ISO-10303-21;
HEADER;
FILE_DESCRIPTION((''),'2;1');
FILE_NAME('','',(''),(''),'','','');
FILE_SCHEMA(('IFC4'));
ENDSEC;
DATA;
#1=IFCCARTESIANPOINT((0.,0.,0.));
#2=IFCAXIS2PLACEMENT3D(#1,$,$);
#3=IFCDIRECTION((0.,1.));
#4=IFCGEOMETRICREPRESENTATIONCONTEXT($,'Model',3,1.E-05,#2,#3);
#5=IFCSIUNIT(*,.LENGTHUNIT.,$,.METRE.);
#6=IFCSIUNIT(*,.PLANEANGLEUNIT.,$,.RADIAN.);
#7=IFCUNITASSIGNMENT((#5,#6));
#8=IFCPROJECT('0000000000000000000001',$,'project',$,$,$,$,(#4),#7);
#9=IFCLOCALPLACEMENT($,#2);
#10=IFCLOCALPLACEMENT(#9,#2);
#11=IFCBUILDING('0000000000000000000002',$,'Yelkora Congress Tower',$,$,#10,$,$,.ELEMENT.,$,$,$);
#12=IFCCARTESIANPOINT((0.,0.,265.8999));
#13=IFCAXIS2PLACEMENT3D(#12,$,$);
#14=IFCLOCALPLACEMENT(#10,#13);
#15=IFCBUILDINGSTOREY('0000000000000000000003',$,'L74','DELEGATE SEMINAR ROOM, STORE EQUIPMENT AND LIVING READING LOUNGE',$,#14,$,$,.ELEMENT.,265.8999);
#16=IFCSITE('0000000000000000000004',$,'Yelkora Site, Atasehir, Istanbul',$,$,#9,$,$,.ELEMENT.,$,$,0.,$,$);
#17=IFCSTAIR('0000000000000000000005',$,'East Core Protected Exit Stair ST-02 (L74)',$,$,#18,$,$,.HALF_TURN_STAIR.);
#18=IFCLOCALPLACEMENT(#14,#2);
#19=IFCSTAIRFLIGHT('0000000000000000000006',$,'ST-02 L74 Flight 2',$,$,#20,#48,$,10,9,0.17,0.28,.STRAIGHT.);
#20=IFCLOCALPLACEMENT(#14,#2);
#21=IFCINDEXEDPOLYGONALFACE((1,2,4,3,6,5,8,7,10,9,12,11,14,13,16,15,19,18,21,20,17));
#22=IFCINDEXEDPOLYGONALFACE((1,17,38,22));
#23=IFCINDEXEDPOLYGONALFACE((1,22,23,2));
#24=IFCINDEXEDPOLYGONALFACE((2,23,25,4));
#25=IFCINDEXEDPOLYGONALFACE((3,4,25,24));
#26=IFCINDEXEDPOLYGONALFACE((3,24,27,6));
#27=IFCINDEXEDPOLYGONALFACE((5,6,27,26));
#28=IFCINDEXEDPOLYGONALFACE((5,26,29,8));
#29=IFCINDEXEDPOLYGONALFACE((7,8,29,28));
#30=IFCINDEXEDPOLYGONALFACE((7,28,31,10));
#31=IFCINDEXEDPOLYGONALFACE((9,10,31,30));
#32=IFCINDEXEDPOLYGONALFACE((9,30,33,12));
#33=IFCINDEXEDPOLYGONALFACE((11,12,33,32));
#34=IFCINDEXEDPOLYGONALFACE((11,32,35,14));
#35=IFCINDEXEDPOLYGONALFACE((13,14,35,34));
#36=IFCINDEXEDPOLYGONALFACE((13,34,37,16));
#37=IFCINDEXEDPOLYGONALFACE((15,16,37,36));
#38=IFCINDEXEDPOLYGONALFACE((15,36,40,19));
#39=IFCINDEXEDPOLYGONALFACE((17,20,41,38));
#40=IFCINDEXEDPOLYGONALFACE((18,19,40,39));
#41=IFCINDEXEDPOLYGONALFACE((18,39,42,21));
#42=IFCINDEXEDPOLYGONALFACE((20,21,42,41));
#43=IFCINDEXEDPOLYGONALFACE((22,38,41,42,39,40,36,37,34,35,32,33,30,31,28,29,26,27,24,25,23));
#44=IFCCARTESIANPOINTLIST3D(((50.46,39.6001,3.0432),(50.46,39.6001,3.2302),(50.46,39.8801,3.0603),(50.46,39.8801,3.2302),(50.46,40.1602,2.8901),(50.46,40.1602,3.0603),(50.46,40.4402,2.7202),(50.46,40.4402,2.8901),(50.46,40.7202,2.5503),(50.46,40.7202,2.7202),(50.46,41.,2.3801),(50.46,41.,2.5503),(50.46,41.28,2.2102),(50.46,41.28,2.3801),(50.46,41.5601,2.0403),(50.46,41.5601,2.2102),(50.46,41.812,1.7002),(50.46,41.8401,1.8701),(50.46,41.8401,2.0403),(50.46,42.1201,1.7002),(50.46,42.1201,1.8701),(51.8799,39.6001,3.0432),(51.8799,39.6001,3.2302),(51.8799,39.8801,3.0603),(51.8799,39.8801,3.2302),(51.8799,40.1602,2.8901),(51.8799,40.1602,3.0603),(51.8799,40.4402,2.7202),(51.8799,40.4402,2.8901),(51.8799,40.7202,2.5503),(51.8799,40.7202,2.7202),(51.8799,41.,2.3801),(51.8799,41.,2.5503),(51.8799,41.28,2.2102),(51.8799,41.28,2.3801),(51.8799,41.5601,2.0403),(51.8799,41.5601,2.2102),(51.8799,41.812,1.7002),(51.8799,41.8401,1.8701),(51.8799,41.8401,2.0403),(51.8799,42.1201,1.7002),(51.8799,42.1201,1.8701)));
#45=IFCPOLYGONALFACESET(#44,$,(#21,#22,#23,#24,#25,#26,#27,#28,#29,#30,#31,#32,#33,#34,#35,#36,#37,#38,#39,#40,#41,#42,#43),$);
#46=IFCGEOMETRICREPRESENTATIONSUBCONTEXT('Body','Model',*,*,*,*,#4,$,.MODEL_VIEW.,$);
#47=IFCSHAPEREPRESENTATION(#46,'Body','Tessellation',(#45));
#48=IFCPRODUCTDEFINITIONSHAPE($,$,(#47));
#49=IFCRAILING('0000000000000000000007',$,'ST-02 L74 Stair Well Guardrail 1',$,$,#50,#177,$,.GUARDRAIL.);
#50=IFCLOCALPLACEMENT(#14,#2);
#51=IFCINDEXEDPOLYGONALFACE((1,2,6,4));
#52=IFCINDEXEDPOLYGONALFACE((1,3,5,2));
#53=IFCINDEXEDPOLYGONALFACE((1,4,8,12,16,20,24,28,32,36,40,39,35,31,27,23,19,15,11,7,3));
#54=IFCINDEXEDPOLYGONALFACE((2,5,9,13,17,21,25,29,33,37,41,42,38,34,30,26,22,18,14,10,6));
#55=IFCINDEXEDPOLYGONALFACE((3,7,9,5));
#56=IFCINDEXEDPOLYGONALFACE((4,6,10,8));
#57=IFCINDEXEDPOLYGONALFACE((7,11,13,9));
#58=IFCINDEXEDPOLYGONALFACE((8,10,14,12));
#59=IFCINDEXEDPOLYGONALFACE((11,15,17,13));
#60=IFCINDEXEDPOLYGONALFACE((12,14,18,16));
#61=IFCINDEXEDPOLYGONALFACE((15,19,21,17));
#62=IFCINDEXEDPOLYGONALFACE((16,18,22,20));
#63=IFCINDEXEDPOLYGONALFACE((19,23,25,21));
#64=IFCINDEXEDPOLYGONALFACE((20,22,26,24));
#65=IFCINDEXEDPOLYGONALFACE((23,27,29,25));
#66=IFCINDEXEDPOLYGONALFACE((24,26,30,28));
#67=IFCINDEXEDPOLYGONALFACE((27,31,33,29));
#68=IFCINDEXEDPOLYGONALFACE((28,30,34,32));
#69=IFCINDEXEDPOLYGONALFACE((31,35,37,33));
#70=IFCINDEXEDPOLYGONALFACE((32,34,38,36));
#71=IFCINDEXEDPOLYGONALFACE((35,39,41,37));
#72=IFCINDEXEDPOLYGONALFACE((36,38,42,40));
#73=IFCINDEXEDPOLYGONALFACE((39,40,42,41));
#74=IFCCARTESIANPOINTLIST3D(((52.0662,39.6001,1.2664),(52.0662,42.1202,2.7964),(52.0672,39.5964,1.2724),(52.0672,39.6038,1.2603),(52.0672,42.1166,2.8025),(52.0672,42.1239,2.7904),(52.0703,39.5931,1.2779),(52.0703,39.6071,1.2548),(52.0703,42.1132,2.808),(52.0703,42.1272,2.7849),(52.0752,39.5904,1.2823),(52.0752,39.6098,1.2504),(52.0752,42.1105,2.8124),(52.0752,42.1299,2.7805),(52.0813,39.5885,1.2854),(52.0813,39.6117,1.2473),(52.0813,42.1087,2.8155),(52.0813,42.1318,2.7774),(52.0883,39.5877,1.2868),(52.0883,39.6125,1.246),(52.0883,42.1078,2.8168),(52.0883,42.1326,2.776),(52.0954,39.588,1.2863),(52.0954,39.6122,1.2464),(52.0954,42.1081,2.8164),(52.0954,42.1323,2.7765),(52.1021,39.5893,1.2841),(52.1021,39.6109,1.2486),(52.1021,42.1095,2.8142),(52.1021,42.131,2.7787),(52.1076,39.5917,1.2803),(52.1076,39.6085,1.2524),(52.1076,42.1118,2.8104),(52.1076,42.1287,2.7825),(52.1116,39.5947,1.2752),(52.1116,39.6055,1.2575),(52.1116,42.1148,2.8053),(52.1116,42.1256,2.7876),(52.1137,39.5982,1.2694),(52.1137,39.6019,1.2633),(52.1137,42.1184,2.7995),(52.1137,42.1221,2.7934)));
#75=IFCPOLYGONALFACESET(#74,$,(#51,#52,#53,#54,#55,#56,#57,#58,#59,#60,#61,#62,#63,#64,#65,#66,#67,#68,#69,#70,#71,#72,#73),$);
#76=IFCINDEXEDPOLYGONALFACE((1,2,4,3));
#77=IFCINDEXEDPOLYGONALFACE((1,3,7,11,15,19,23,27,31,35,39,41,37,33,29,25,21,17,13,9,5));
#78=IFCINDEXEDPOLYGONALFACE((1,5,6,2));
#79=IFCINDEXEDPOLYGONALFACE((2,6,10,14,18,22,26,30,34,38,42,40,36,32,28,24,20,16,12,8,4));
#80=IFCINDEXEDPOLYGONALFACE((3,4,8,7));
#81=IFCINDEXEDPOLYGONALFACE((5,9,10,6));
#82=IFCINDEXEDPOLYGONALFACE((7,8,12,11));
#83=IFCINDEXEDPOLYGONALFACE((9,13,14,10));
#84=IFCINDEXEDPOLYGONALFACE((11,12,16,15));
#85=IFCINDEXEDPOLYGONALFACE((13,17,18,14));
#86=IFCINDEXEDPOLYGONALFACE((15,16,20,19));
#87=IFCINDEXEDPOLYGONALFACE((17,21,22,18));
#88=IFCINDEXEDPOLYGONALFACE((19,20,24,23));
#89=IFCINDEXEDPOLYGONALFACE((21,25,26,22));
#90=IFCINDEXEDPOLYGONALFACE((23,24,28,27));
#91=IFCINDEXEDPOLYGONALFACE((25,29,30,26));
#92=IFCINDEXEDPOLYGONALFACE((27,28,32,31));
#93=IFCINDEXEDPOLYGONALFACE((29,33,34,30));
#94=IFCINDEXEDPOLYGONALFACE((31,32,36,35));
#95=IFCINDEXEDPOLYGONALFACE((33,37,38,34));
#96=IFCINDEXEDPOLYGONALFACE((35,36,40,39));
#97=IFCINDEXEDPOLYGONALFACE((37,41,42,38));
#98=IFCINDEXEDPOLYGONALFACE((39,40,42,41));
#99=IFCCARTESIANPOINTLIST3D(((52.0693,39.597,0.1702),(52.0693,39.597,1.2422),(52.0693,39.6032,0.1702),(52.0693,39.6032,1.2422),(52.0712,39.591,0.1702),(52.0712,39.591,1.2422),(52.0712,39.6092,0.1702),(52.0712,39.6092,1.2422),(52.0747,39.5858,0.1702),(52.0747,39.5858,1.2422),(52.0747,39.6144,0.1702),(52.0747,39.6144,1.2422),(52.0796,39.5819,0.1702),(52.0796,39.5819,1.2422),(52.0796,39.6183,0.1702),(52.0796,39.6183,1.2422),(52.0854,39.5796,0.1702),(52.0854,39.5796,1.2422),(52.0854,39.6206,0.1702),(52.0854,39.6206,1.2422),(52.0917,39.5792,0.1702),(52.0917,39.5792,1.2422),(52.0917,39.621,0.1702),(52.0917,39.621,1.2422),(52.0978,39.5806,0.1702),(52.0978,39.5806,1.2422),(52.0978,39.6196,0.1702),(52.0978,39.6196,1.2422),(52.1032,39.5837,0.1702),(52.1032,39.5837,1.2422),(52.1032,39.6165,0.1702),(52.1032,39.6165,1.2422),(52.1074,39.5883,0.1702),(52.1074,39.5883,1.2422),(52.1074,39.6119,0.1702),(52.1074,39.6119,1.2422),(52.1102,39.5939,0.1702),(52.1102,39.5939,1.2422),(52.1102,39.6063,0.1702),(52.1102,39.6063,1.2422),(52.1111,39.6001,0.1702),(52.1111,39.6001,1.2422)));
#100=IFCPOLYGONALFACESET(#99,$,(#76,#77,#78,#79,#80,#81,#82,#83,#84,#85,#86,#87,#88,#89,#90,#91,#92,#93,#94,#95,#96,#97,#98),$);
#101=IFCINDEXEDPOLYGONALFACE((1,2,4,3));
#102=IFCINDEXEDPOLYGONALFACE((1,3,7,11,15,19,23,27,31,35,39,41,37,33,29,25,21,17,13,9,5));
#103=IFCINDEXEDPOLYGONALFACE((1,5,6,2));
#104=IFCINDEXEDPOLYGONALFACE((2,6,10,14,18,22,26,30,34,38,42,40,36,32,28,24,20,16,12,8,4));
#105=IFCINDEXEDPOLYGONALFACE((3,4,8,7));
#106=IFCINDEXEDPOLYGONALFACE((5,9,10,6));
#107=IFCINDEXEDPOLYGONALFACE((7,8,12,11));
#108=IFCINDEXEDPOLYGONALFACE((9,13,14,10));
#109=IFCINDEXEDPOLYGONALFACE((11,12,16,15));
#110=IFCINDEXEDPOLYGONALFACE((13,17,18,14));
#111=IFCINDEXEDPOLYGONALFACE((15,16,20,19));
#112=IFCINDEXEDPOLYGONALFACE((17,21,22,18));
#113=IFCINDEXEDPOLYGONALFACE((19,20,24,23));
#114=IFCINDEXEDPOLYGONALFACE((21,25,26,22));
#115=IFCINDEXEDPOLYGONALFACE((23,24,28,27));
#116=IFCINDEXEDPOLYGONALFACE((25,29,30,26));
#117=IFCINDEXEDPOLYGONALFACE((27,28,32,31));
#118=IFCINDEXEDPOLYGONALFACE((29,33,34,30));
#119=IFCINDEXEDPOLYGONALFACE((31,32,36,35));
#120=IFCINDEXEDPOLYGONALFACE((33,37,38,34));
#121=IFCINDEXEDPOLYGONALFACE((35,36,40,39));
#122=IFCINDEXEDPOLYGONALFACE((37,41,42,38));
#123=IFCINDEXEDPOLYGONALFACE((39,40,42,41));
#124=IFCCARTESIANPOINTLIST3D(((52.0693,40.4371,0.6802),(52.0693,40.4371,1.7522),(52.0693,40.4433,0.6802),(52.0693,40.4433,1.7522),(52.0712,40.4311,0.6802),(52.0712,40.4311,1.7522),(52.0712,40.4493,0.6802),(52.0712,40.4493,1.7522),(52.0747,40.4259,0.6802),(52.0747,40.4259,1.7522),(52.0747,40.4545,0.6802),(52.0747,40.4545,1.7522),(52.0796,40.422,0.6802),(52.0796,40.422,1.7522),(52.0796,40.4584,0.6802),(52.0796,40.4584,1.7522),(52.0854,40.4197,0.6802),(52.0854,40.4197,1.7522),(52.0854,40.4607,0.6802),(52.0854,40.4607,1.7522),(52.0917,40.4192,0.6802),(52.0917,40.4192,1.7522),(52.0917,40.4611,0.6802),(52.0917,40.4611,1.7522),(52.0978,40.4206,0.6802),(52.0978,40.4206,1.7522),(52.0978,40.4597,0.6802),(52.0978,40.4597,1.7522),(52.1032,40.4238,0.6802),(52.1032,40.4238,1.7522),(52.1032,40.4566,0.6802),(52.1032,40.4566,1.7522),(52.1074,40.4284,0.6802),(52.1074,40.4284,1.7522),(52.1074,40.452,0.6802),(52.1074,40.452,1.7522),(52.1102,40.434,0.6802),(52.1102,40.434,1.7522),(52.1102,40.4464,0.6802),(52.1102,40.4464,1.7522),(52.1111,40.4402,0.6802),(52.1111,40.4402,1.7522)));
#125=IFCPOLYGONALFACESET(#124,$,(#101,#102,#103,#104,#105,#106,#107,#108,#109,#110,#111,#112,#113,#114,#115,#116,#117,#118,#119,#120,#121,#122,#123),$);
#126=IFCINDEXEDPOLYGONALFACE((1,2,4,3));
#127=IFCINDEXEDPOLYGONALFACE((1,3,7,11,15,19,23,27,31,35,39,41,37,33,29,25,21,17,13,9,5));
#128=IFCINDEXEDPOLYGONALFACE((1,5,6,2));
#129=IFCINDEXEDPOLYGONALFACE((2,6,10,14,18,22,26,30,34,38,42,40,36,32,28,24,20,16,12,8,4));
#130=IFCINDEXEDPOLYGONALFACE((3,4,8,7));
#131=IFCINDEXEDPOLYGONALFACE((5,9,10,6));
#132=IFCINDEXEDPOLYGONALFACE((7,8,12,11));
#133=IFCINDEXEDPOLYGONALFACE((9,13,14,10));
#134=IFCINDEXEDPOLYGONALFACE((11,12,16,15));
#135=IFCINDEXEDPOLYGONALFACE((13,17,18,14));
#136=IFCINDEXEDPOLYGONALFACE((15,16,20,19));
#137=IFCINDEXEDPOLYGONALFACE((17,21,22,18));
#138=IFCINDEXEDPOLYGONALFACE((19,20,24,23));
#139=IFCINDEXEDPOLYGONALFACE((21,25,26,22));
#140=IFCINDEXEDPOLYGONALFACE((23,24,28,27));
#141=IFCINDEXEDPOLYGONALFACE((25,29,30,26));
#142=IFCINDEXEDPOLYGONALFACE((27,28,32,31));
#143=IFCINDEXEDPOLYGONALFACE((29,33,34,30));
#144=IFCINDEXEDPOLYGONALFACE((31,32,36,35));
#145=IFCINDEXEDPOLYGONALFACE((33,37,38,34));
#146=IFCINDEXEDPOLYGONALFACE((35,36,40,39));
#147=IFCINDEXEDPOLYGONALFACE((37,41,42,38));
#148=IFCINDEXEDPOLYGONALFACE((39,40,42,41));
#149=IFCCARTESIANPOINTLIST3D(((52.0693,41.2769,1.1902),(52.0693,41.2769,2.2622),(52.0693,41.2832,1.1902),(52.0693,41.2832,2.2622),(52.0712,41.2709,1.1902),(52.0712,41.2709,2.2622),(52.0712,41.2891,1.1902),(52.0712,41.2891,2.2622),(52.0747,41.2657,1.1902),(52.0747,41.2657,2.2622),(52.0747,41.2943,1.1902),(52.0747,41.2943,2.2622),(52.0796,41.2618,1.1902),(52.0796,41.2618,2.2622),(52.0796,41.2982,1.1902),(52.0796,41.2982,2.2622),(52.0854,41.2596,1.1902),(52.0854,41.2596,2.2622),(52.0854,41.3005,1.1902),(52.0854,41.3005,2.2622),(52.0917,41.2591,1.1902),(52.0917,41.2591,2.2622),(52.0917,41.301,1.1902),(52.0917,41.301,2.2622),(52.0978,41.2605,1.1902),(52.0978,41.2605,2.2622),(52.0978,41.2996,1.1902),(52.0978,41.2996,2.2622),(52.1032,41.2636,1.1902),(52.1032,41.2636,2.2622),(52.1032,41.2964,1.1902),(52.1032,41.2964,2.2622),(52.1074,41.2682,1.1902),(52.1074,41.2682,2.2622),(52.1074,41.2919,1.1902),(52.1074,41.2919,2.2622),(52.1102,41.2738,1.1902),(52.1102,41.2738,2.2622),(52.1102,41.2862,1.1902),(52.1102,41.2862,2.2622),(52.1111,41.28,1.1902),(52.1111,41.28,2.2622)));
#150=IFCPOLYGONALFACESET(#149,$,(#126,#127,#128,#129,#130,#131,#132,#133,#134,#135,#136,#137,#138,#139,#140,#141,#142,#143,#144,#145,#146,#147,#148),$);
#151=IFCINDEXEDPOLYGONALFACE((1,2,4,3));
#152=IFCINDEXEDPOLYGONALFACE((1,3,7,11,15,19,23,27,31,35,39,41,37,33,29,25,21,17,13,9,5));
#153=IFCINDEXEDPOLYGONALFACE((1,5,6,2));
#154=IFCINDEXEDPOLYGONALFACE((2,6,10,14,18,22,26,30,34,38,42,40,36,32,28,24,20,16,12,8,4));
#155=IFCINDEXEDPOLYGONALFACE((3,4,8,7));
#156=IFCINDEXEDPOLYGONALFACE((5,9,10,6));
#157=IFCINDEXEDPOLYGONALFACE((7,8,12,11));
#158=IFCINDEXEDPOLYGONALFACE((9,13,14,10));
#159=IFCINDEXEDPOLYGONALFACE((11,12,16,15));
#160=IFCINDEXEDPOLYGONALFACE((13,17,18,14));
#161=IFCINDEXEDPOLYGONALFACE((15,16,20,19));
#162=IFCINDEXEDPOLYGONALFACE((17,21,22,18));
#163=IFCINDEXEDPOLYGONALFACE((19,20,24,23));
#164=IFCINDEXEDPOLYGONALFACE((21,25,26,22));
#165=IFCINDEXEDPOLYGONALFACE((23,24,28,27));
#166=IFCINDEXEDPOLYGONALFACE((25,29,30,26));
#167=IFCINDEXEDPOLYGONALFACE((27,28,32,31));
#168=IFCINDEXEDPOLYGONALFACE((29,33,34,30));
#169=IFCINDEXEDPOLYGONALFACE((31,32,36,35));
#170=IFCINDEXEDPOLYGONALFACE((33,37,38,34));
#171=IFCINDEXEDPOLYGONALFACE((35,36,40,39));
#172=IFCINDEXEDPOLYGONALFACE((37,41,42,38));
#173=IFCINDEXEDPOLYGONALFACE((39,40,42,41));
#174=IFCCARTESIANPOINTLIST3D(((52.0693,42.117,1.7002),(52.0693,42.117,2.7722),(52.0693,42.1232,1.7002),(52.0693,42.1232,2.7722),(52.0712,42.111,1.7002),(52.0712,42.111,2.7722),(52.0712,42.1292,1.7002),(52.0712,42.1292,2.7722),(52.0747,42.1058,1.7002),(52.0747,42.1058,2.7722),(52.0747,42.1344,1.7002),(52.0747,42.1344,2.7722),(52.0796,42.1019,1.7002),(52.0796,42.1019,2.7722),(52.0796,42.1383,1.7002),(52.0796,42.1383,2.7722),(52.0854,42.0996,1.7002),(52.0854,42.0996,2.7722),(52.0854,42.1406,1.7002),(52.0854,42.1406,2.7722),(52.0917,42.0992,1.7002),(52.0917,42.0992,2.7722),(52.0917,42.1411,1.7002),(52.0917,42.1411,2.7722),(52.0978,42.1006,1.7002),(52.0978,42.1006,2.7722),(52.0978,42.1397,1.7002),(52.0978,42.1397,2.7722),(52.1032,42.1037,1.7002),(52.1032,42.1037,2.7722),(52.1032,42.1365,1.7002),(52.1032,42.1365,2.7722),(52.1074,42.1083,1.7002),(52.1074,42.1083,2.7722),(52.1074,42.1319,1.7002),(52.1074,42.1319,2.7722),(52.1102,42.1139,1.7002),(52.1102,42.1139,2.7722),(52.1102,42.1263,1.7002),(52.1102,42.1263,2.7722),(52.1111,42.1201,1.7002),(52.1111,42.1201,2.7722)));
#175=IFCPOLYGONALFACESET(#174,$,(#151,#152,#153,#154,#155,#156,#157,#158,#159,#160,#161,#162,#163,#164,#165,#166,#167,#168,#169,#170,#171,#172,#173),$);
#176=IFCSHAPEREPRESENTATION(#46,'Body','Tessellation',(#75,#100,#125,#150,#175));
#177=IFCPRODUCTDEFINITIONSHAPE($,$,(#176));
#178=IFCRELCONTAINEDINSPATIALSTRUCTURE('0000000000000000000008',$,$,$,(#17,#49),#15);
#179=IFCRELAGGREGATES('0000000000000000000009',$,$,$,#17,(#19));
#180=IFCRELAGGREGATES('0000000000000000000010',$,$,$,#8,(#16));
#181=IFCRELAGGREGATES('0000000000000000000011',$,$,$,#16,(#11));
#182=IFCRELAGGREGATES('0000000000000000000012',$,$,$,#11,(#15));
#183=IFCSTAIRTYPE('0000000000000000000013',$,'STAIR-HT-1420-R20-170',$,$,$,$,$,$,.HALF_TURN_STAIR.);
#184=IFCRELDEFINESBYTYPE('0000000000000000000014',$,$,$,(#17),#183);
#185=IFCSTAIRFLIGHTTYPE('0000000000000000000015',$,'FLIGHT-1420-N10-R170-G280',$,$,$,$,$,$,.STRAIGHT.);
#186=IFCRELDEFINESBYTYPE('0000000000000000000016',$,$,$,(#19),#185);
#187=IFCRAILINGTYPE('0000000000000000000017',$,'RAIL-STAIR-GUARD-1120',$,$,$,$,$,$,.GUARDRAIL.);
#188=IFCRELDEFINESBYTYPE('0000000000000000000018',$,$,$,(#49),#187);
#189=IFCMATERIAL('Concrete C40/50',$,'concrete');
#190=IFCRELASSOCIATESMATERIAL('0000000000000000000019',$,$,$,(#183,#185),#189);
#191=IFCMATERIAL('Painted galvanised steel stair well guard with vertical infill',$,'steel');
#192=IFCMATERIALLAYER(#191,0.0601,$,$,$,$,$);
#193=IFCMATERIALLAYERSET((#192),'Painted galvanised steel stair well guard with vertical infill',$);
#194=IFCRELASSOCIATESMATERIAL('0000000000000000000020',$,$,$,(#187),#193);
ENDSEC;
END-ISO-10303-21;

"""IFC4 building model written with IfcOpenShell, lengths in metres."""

from ifc_helpers import new_model, si_unit, direction, frame, origin, origin_2d, place, context, subcontext, project, spatial, polyline, circle, outline, extrude, material, layer, layer_set, type_object, element, aggregate, save


model = new_model("IFC4")

# Units and contexts
model_context = context("Model", 3, precision=1e-05, world=origin(), true_north=direction((0.0, 1.0)))
body_context = subcontext(model_context, "Body", "Model", "MODEL_VIEW")
ifc_project = project(units=[si_unit("LENGTHUNIT", "METRE"), si_unit("PLANEANGLEUNIT", "RADIAN")], contexts=[model_context])

# Site, building, storey
site_placement = place(None, origin())
site = spatial("IfcSite", under=ifc_project, at=site_placement, Name="Yelkora Site, Atasehir, Istanbul", CompositionType="ELEMENT", RefElevation=0.0)
building_placement = place(site_placement, origin())
building = spatial("IfcBuilding", under=site, at=building_placement, Name="Yelkora Congress Tower", CompositionType="ELEMENT")
storey_placement = place(building_placement, frame((0.0, 0.0, 265.8999)))
storey = spatial("IfcBuildingStorey", under=building, at=storey_placement, Name="L74", Description="DELEGATE SEMINAR ROOM, STORE EQUIPMENT AND LIVING READING LOUNGE", CompositionType="ELEMENT", Elevation=265.8999)

# Stair, stair flight
ifc_material_1 = material(Name="Concrete C40/50", Category="concrete")
stair_type = type_object("IfcStairType", Name="STAIR-HT-1420-R20-170", PredefinedType="HALF_TURN_STAIR", material=ifc_material_1)
stair_placement = place(storey_placement, origin())
stair = element("IfcStair", 1, at=stair_placement, inside=storey, type_object=stair_type, Name="East Core Protected Exit Stair ST-02 (L74)", PredefinedType="HALF_TURN_STAIR")
stair_flight_type = type_object("IfcStairFlightType", Name="FLIGHT-1420-N10-R170-G280", PredefinedType="STRAIGHT", material=ifc_material_1)
stair_flight_1_placement = place(storey_placement, frame((51.1699, 42.1201, 1.7002), z_axis=(0.0, 0.0, 1.0), x_axis=(0.0, -1.0, 0.0)))
stair_flight_1 = element("IfcStairFlight", 2, at=stair_flight_1_placement, type_object=stair_flight_type, Name="ST-02 L74 Flight 2", NumberOfRisers=10, NumberOfTreads=9, PredefinedType="STRAIGHT", RiserHeight=0.17, TreadLength=0.28, context=body_context, shape_type="SweptSolid", body=[
    extrude(outline(polyline([(0.0, 0.0), (0.0, 0.1699), (0.28, 0.1699), (0.28, 0.3401), (0.5601, 0.3401), (0.5601, 0.51), (0.8401, 0.51), (0.8401, 0.6799), (1.1201, 0.6799), (1.1201, 0.8501), (1.3999, 0.8501), (1.3999, 1.02), (1.6799, 1.02), (1.6799, 1.1899), (1.96, 1.1899), (1.96, 1.3601), (2.24, 1.3601), (2.24, 1.53), (2.52, 1.53), (2.52, 1.7), (2.52, 1.343), (0.3081, 0.0), (0.0, 0.0)])), frame((0.0, 0.71, 0.0), z_axis=(0.0, -1.0, 0.0), x_axis=(1.0, 0.0, 0.0)), (0.0, 0.0, 1.0), 1.4199),
])
aggregate(stair, [stair_flight_1])

# Railing
ifc_material_2 = material(Name="Painted galvanised steel stair well guard with vertical infill", Category="steel")
ifc_layer_1 = layer(ifc_material_2, 0.0601)
ifc_layer_set_1 = layer_set([ifc_layer_1], Name="Painted galvanised steel stair well guard with vertical infill")
railing_type_1 = type_object("IfcRailingType", Name="RAIL-STAIR-GUARD-1120", PredefinedType="GUARDRAIL", material=ifc_layer_set_1)
railing_1_placement = place(storey_placement, frame((52.0901, 39.6001, 0.1702)))
element("IfcRailing", 3, at=railing_1_placement, inside=storey, type_object=railing_type_1, Name="ST-02 L74 Stair Well Guardrail 1", PredefinedType="GUARDRAIL", context=body_context, shape_type="SweptSolid", body=[
    extrude(circle(Radius=0.0239, at=origin_2d()), frame((0.0, 0.0, 1.0962), z_axis=(0.0, 0.854785, 0.518982), x_axis=(-1.0, 0.0, 0.0)), (0.0, 0.0, 1.0), 2.9482),
    extrude(circle(Radius=0.021, at=origin_2d()), origin(), (0.0, 0.0, 1.0), 1.072),
    extrude(circle(Radius=0.021, at=origin_2d()), frame((0.0, 0.8401, 0.51)), (0.0, 0.0, 1.0), 1.072),
    extrude(circle(Radius=0.021, at=origin_2d()), frame((0.0, 1.6799, 1.02)), (0.0, 0.0, 1.0), 1.072),
    extrude(circle(Radius=0.021, at=origin_2d()), frame((0.0, 2.52, 1.53)), (0.0, 0.0, 1.0), 1.072),
])

save(model, "model.ifc")
